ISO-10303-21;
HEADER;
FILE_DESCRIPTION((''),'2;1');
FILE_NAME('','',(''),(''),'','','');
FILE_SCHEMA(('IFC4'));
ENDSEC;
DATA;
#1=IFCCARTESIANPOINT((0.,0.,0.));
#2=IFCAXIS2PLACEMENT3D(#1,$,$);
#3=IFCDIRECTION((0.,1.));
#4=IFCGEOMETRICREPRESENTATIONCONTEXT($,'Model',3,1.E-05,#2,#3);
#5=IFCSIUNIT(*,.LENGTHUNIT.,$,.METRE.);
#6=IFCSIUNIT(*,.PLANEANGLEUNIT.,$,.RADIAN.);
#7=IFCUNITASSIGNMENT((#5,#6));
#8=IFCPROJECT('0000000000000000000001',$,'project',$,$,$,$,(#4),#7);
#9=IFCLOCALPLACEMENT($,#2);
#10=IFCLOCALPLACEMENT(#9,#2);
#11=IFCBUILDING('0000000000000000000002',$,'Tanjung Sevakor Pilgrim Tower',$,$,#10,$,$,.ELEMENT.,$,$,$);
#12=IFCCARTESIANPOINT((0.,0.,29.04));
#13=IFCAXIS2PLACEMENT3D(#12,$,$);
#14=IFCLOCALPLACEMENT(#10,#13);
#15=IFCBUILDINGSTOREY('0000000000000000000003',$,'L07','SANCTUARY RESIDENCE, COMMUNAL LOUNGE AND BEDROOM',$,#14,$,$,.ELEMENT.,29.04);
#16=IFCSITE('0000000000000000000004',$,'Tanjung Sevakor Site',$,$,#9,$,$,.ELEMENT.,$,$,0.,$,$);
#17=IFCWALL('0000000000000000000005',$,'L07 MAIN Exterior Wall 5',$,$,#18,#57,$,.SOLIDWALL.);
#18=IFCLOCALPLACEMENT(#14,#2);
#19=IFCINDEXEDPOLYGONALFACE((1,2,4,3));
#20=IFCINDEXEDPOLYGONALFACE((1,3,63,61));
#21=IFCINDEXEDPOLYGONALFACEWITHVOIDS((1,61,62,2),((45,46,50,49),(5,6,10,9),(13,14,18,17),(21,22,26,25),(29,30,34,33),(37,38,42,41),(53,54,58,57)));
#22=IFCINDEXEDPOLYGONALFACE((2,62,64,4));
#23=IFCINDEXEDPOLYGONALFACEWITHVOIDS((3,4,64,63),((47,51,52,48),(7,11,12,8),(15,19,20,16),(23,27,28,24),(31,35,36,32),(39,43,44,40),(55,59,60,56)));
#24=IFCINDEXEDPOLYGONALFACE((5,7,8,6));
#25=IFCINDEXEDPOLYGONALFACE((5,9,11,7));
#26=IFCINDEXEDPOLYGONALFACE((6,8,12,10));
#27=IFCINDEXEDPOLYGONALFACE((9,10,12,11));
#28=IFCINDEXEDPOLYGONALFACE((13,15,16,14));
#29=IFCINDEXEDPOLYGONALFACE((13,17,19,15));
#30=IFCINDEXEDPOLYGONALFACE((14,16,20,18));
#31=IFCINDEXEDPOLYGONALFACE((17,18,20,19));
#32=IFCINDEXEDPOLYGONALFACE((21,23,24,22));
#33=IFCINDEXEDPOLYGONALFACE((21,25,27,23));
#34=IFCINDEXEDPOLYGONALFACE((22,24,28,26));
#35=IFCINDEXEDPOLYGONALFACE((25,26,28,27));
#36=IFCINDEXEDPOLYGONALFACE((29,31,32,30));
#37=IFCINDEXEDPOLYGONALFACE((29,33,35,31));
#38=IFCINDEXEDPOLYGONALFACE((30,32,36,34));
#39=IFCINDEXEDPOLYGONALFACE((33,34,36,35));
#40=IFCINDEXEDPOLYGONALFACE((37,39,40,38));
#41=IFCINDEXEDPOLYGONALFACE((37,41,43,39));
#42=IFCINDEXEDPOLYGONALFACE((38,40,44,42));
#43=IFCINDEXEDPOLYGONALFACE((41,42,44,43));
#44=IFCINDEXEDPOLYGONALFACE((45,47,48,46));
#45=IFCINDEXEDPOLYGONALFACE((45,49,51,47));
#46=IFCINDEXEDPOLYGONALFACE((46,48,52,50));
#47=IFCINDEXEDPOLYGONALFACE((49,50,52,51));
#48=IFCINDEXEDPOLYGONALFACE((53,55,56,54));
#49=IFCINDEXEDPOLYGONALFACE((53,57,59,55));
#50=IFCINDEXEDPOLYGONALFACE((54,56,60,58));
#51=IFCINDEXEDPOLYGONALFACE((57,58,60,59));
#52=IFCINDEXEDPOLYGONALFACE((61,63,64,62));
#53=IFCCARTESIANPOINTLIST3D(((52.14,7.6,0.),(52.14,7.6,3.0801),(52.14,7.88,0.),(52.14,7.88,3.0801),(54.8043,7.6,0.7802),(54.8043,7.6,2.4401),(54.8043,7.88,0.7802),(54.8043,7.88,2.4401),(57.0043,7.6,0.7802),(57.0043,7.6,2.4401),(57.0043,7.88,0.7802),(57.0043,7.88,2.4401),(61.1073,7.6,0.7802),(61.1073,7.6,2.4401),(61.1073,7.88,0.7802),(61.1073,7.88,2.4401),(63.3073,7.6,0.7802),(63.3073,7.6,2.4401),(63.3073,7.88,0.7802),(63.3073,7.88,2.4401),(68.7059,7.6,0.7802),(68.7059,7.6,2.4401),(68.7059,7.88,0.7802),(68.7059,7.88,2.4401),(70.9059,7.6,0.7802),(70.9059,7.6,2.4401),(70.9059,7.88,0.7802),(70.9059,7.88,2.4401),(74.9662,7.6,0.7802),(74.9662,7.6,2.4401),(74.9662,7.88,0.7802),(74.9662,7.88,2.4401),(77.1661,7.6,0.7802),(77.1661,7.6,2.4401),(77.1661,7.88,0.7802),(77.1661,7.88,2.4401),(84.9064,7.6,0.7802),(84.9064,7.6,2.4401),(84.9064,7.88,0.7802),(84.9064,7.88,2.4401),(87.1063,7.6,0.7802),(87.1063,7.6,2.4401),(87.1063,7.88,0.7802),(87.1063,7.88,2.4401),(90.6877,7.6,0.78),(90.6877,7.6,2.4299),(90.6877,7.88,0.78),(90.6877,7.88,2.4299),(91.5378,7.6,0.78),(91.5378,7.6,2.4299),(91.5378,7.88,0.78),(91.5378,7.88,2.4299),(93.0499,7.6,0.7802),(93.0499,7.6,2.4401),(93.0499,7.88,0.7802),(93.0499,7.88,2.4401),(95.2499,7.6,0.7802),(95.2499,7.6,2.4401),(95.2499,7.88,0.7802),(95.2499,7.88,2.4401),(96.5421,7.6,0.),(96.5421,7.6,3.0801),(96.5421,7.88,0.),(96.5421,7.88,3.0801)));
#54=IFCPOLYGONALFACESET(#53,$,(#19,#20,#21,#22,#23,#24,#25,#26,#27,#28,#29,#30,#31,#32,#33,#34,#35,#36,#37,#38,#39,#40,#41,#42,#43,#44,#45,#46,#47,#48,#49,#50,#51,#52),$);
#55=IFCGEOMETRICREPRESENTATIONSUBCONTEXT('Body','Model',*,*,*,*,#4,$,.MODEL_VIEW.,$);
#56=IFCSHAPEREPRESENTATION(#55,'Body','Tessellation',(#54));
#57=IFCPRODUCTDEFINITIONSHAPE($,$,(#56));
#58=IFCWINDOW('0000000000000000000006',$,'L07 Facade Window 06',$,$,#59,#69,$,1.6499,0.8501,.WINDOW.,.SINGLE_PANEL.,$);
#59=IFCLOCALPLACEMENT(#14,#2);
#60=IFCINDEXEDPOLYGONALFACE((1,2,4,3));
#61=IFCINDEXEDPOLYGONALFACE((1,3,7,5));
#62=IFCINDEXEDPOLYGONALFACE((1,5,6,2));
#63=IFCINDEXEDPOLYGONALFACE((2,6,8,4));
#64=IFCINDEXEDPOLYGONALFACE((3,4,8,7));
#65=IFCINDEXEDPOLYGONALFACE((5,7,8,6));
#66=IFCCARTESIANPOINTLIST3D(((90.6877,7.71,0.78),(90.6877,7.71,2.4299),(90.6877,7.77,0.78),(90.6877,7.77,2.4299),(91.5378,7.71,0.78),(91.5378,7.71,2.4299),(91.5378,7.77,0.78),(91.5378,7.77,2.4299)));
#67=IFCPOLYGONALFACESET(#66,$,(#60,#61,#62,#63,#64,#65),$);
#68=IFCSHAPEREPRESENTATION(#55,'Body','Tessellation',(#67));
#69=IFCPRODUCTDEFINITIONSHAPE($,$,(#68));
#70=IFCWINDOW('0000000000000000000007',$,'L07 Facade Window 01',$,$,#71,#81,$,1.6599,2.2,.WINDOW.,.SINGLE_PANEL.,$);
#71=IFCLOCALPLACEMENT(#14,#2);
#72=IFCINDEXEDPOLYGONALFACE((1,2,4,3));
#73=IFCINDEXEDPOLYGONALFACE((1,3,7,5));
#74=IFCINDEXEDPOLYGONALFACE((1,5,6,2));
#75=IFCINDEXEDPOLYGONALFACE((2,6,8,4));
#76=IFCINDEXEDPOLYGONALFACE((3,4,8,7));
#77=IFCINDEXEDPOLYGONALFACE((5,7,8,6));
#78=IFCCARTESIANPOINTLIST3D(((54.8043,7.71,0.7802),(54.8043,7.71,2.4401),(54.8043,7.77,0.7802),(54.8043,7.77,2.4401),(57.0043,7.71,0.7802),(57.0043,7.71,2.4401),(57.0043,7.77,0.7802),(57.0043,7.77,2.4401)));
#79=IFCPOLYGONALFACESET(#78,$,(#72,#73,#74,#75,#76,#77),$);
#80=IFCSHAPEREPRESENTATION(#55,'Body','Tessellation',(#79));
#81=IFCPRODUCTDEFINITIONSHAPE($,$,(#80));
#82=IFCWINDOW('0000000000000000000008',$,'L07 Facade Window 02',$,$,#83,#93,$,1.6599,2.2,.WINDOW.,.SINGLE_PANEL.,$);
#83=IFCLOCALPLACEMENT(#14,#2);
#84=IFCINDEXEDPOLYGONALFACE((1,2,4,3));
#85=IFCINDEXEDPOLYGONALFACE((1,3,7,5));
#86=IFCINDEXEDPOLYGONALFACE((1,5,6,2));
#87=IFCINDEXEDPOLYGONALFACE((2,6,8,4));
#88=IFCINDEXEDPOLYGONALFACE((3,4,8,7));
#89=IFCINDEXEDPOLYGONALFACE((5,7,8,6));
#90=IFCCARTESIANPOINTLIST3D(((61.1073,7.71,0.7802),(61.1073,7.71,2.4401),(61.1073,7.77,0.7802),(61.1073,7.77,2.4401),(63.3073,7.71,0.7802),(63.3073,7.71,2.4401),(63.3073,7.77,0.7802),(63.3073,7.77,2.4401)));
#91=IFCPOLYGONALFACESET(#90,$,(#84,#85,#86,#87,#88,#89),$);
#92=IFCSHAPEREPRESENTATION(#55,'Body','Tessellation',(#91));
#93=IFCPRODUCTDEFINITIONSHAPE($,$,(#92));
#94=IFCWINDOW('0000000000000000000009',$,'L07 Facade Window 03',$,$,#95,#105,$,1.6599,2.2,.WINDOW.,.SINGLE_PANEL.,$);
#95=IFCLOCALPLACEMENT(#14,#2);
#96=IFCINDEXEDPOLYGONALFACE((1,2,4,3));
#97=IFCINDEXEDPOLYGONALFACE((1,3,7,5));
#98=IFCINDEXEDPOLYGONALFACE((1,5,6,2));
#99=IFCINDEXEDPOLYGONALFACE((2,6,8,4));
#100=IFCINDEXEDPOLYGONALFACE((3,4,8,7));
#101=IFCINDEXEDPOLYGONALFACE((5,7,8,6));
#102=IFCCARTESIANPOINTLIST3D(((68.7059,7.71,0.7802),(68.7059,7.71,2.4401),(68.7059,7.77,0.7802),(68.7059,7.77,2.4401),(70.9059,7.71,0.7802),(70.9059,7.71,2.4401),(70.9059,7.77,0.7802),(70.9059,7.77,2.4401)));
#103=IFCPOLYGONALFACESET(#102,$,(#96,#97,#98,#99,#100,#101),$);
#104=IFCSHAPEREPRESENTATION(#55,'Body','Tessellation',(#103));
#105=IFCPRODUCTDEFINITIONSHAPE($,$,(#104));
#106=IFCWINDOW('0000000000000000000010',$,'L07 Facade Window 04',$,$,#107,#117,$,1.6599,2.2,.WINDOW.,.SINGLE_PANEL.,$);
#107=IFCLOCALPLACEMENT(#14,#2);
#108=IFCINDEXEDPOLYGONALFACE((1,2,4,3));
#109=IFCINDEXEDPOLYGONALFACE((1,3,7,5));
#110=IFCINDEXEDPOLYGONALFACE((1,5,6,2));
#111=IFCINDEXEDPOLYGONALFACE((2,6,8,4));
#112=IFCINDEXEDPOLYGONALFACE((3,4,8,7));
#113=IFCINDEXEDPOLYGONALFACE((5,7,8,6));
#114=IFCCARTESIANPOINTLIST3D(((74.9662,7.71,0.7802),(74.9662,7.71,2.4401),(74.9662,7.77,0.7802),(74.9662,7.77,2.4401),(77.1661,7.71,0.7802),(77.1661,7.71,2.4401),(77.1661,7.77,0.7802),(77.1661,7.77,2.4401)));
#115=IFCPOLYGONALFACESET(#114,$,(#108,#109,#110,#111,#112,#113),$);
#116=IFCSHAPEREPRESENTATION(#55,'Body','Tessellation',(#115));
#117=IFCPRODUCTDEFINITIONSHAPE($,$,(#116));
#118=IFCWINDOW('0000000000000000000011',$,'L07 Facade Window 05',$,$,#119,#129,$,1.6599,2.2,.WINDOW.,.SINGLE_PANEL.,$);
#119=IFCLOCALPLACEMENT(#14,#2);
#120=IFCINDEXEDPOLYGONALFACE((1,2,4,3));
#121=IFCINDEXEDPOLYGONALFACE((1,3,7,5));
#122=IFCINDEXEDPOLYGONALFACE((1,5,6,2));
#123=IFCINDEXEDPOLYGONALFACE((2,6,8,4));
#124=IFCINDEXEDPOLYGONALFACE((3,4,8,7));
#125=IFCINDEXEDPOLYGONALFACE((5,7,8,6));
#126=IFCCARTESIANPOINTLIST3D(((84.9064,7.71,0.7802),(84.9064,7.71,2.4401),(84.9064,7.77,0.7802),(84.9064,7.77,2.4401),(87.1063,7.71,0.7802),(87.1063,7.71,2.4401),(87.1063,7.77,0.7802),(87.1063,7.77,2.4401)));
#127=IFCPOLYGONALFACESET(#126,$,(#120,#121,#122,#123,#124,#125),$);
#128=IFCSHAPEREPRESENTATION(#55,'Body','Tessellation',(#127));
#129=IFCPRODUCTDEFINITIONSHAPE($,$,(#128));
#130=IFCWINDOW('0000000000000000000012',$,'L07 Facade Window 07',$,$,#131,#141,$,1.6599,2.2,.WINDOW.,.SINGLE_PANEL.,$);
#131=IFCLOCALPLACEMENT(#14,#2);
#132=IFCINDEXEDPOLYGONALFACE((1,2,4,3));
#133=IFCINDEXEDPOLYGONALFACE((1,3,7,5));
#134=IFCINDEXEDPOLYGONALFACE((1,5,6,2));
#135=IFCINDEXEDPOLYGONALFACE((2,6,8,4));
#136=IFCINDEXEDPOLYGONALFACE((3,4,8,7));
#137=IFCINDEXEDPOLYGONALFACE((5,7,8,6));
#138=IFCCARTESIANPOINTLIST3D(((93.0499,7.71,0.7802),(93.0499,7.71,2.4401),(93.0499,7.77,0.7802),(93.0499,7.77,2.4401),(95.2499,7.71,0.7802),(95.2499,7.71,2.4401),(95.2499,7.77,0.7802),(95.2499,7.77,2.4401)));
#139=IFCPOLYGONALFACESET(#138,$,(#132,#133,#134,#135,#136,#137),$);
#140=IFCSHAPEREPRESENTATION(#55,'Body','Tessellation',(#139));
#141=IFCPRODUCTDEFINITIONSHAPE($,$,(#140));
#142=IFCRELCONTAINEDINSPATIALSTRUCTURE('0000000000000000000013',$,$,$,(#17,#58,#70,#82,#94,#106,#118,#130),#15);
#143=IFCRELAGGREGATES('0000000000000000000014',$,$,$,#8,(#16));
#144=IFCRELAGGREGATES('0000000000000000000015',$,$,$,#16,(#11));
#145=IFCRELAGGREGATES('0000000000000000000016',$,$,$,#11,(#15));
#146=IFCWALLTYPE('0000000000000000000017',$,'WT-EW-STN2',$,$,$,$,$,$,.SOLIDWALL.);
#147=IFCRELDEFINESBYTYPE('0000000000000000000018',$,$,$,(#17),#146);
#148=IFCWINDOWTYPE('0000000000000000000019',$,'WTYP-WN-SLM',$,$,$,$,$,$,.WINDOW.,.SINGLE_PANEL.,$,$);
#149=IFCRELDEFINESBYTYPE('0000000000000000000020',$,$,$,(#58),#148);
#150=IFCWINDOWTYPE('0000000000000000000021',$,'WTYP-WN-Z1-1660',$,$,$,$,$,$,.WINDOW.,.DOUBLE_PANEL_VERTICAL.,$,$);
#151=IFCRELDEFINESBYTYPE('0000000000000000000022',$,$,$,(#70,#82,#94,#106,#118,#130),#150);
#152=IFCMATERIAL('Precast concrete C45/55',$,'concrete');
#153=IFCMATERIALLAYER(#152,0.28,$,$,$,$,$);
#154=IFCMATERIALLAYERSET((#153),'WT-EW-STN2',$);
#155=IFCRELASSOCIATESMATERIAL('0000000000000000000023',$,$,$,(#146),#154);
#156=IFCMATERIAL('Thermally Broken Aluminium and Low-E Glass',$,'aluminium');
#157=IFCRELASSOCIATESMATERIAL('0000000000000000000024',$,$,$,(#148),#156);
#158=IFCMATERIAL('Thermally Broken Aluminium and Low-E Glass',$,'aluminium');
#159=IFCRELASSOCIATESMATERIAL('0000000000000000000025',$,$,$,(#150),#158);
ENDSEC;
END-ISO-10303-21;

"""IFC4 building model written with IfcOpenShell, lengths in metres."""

from ifc_helpers import new_model, si_unit, direction, frame, frame_2d, origin, place, context, subcontext, project, spatial, rectangle, extrude, material, layer, layer_set, type_object, element, fill, save


model = new_model("IFC4")

# Units and contexts
model_context = context("Model", 3, precision=1e-05, world=origin(), true_north=direction((0.0, 1.0)))
body_context = subcontext(model_context, "Body", "Model", "MODEL_VIEW")
ifc_project = project(units=[si_unit("LENGTHUNIT", "METRE"), si_unit("PLANEANGLEUNIT", "RADIAN")], contexts=[model_context])

# Site, building, storey
site_placement = place(None, origin())
site = spatial("IfcSite", under=ifc_project, at=site_placement, Name="Tanjung Sevakor Site", CompositionType="ELEMENT", RefElevation=0.0)
building_placement = place(site_placement, origin())
building = spatial("IfcBuilding", under=site, at=building_placement, Name="Tanjung Sevakor Pilgrim Tower", CompositionType="ELEMENT")
storey_placement = place(building_placement, frame((0.0, 0.0, 29.04)))
storey = spatial("IfcBuildingStorey", under=building, at=storey_placement, Name="L07", Description="SANCTUARY RESIDENCE, COMMUNAL LOUNGE AND BEDROOM", CompositionType="ELEMENT", Elevation=29.04)

# Wall, openings, windows
ifc_material_1 = material(Name="Precast concrete C45/55", Category="concrete")
ifc_layer_1 = layer(ifc_material_1, 0.28)
ifc_layer_set_1 = layer_set([ifc_layer_1], Name="WT-EW-STN2")
wall_type_1 = type_object("IfcWallType", Name="WT-EW-STN2", PredefinedType="SOLIDWALL", material=ifc_layer_set_1)
wall_placement = place(storey_placement, frame((52.1399, 7.74, 0.0), z_axis=(0.0, 0.0, 1.0), x_axis=(1.0, 0.0, 0.0)))
wall = element("IfcWall", 1, at=wall_placement, inside=storey, type_object=wall_type_1, Name="L07 MAIN Exterior Wall 5", PredefinedType="SOLIDWALL", context=body_context, shape_type="SweptSolid", body=[
    extrude(rectangle(XDim=44.4021, YDim=0.28, at=frame_2d((22.2012, 0.0))), origin(), (0.0, 0.0, 1.0), 3.0801),
])
opening_1_placement = place(wall_placement, frame((2.6643, 0.0, 0.78)))
opening_1 = element("IfcOpeningElement", 2, at=opening_1_placement, cuts=wall, PredefinedType="OPENING", context=body_context, shape_type="SweptSolid", body=[
    extrude(rectangle(XDim=2.2, YDim=1.6599, at=frame_2d((1.1001, 0.8301))), frame((0.0, 0.1499, 0.0), z_axis=(0.0, -1.0, 0.0), x_axis=(1.0, 0.0, 0.0)), (0.0, 0.0, 1.0), 0.3),
])
opening_2_placement = place(wall_placement, frame((8.9673, 0.0, 0.78)))
opening_2 = element("IfcOpeningElement", 3, at=opening_2_placement, cuts=wall, PredefinedType="OPENING", context=body_context, shape_type="SweptSolid", body=[
    extrude(rectangle(XDim=2.2, YDim=1.6599, at=frame_2d((1.1001, 0.8301))), frame((0.0, 0.1499, 0.0), z_axis=(0.0, -1.0, 0.0), x_axis=(1.0, 0.0, 0.0)), (0.0, 0.0, 1.0), 0.3),
])
opening_3_placement = place(wall_placement, frame((16.5659, 0.0, 0.78)))
opening_3 = element("IfcOpeningElement", 4, at=opening_3_placement, cuts=wall, PredefinedType="OPENING", context=body_context, shape_type="SweptSolid", body=[
    extrude(rectangle(XDim=2.2, YDim=1.6599, at=frame_2d((1.1001, 0.8301))), frame((0.0, 0.1499, 0.0), z_axis=(0.0, -1.0, 0.0), x_axis=(1.0, 0.0, 0.0)), (0.0, 0.0, 1.0), 0.3),
])
opening_4_placement = place(wall_placement, frame((22.8262, 0.0, 0.78)))
opening_4 = element("IfcOpeningElement", 5, at=opening_4_placement, cuts=wall, PredefinedType="OPENING", context=body_context, shape_type="SweptSolid", body=[
    extrude(rectangle(XDim=2.2, YDim=1.6599, at=frame_2d((1.1001, 0.8301))), frame((0.0, 0.1499, 0.0), z_axis=(0.0, -1.0, 0.0), x_axis=(1.0, 0.0, 0.0)), (0.0, 0.0, 1.0), 0.3),
])
opening_5_placement = place(wall_placement, frame((32.7664, 0.0, 0.78)))
opening_5 = element("IfcOpeningElement", 6, at=opening_5_placement, cuts=wall, PredefinedType="OPENING", context=body_context, shape_type="SweptSolid", body=[
    extrude(rectangle(XDim=2.2, YDim=1.6599, at=frame_2d((1.1001, 0.8301))), frame((0.0, 0.1499, 0.0), z_axis=(0.0, -1.0, 0.0), x_axis=(1.0, 0.0, 0.0)), (0.0, 0.0, 1.0), 0.3),
])
opening_6_placement = place(wall_placement, frame((38.5479, 0.0, 0.78)))
opening_6 = element("IfcOpeningElement", 7, at=opening_6_placement, cuts=wall, PredefinedType="OPENING", context=body_context, shape_type="SweptSolid", body=[
    extrude(rectangle(XDim=0.8501, YDim=1.6499, at=frame_2d((0.425, 0.825))), frame((0.0, 0.1499, 0.0), z_axis=(0.0, -1.0, 0.0), x_axis=(1.0, 0.0, 0.0)), (0.0, 0.0, 1.0), 0.3),
])
opening_7_placement = place(wall_placement, frame((40.9099, 0.0, 0.78)))
opening_7 = element("IfcOpeningElement", 8, at=opening_7_placement, cuts=wall, PredefinedType="OPENING", context=body_context, shape_type="SweptSolid", body=[
    extrude(rectangle(XDim=2.2, YDim=1.6599, at=frame_2d((1.1001, 0.8301))), frame((0.0, 0.1499, 0.0), z_axis=(0.0, -1.0, 0.0), x_axis=(1.0, 0.0, 0.0)), (0.0, 0.0, 1.0), 0.3),
])
ifc_material_2 = material(Name="Thermally Broken Aluminium and Low-E Glass", Category="aluminium")
window_type_1 = type_object("IfcWindowType", Name="WTYP-WN-SLM", PartitioningType="SINGLE_PANEL", PredefinedType="WINDOW", material=ifc_material_2)
window_1_placement = place(opening_6_placement, origin())
window_1 = element("IfcWindow", 9, at=window_1_placement, inside=storey, type_object=window_type_1, Name="L07 Facade Window 06", OverallHeight=1.6499, OverallWidth=0.8501, PartitioningType="SINGLE_PANEL", PredefinedType="WINDOW", context=body_context, shape_type="SweptSolid", body=[
    extrude(rectangle(XDim=0.8501, YDim=1.6499, at=frame_2d((0.425, 0.825))), frame((0.0, 0.03, 0.0), z_axis=(0.0, -1.0, 0.0), x_axis=(1.0, 0.0, 0.0)), (0.0, 0.0, 1.0), 0.0601),
])
fill(opening_6, window_1)
ifc_material_3 = material(Name="Thermally Broken Aluminium and Low-E Glass", Category="aluminium")
window_type_2 = type_object("IfcWindowType", Name="WTYP-WN-Z1-1660", PartitioningType="DOUBLE_PANEL_VERTICAL", PredefinedType="WINDOW", material=ifc_material_3)
window_2_placement = place(opening_1_placement, origin())
window_2 = element("IfcWindow", 10, at=window_2_placement, inside=storey, type_object=window_type_2, Name="L07 Facade Window 01", OverallHeight=1.6599, OverallWidth=2.2, PartitioningType="SINGLE_PANEL", PredefinedType="WINDOW", context=body_context, shape_type="SweptSolid", body=[
    extrude(rectangle(XDim=2.2, YDim=1.6599, at=frame_2d((1.1001, 0.8301))), frame((0.0, 0.03, 0.0), z_axis=(0.0, -1.0, 0.0), x_axis=(1.0, 0.0, 0.0)), (0.0, 0.0, 1.0), 0.0601),
])
fill(opening_1, window_2)
window_3_placement = place(opening_2_placement, origin())
window_3 = element("IfcWindow", 11, at=window_3_placement, inside=storey, type_object=window_type_2, Name="L07 Facade Window 02", OverallHeight=1.6599, OverallWidth=2.2, PartitioningType="SINGLE_PANEL", PredefinedType="WINDOW", context=body_context, shape_type="SweptSolid", body=[
    extrude(rectangle(XDim=2.2, YDim=1.6599, at=frame_2d((1.1001, 0.8301))), frame((0.0, 0.03, 0.0), z_axis=(0.0, -1.0, 0.0), x_axis=(1.0, 0.0, 0.0)), (0.0, 0.0, 1.0), 0.0601),
])
fill(opening_2, window_3)
window_4_placement = place(opening_3_placement, origin())
window_4 = element("IfcWindow", 12, at=window_4_placement, inside=storey, type_object=window_type_2, Name="L07 Facade Window 03", OverallHeight=1.6599, OverallWidth=2.2, PartitioningType="SINGLE_PANEL", PredefinedType="WINDOW", context=body_context, shape_type="SweptSolid", body=[
    extrude(rectangle(XDim=2.2, YDim=1.6599, at=frame_2d((1.1001, 0.8301))), frame((0.0, 0.03, 0.0), z_axis=(0.0, -1.0, 0.0), x_axis=(1.0, 0.0, 0.0)), (0.0, 0.0, 1.0), 0.0601),
])
fill(opening_3, window_4)
window_5_placement = place(opening_4_placement, origin())
window_5 = element("IfcWindow", 13, at=window_5_placement, inside=storey, type_object=window_type_2, Name="L07 Facade Window 04", OverallHeight=1.6599, OverallWidth=2.2, PartitioningType="SINGLE_PANEL", PredefinedType="WINDOW", context=body_context, shape_type="SweptSolid", body=[
    extrude(rectangle(XDim=2.2, YDim=1.6599, at=frame_2d((1.1001, 0.8301))), frame((0.0, 0.03, 0.0), z_axis=(0.0, -1.0, 0.0), x_axis=(1.0, 0.0, 0.0)), (0.0, 0.0, 1.0), 0.0601),
])
fill(opening_4, window_5)
window_6_placement = place(opening_5_placement, origin())
window_6 = element("IfcWindow", 14, at=window_6_placement, inside=storey, type_object=window_type_2, Name="L07 Facade Window 05", OverallHeight=1.6599, OverallWidth=2.2, PartitioningType="SINGLE_PANEL", PredefinedType="WINDOW", context=body_context, shape_type="SweptSolid", body=[
    extrude(rectangle(XDim=2.2, YDim=1.6599, at=frame_2d((1.1001, 0.8301))), frame((0.0, 0.03, 0.0), z_axis=(0.0, -1.0, 0.0), x_axis=(1.0, 0.0, 0.0)), (0.0, 0.0, 1.0), 0.0601),
])
fill(opening_5, window_6)
window_7_placement = place(opening_7_placement, origin())
window_7 = element("IfcWindow", 15, at=window_7_placement, inside=storey, type_object=window_type_2, Name="L07 Facade Window 07", OverallHeight=1.6599, OverallWidth=2.2, PartitioningType="SINGLE_PANEL", PredefinedType="WINDOW", context=body_context, shape_type="SweptSolid", body=[
    extrude(rectangle(XDim=2.2, YDim=1.6599, at=frame_2d((1.1001, 0.8301))), frame((0.0, 0.03, 0.0), z_axis=(0.0, -1.0, 0.0), x_axis=(1.0, 0.0, 0.0)), (0.0, 0.0, 1.0), 0.0601),
])
fill(opening_7, window_7)

save(model, "model.ifc")
